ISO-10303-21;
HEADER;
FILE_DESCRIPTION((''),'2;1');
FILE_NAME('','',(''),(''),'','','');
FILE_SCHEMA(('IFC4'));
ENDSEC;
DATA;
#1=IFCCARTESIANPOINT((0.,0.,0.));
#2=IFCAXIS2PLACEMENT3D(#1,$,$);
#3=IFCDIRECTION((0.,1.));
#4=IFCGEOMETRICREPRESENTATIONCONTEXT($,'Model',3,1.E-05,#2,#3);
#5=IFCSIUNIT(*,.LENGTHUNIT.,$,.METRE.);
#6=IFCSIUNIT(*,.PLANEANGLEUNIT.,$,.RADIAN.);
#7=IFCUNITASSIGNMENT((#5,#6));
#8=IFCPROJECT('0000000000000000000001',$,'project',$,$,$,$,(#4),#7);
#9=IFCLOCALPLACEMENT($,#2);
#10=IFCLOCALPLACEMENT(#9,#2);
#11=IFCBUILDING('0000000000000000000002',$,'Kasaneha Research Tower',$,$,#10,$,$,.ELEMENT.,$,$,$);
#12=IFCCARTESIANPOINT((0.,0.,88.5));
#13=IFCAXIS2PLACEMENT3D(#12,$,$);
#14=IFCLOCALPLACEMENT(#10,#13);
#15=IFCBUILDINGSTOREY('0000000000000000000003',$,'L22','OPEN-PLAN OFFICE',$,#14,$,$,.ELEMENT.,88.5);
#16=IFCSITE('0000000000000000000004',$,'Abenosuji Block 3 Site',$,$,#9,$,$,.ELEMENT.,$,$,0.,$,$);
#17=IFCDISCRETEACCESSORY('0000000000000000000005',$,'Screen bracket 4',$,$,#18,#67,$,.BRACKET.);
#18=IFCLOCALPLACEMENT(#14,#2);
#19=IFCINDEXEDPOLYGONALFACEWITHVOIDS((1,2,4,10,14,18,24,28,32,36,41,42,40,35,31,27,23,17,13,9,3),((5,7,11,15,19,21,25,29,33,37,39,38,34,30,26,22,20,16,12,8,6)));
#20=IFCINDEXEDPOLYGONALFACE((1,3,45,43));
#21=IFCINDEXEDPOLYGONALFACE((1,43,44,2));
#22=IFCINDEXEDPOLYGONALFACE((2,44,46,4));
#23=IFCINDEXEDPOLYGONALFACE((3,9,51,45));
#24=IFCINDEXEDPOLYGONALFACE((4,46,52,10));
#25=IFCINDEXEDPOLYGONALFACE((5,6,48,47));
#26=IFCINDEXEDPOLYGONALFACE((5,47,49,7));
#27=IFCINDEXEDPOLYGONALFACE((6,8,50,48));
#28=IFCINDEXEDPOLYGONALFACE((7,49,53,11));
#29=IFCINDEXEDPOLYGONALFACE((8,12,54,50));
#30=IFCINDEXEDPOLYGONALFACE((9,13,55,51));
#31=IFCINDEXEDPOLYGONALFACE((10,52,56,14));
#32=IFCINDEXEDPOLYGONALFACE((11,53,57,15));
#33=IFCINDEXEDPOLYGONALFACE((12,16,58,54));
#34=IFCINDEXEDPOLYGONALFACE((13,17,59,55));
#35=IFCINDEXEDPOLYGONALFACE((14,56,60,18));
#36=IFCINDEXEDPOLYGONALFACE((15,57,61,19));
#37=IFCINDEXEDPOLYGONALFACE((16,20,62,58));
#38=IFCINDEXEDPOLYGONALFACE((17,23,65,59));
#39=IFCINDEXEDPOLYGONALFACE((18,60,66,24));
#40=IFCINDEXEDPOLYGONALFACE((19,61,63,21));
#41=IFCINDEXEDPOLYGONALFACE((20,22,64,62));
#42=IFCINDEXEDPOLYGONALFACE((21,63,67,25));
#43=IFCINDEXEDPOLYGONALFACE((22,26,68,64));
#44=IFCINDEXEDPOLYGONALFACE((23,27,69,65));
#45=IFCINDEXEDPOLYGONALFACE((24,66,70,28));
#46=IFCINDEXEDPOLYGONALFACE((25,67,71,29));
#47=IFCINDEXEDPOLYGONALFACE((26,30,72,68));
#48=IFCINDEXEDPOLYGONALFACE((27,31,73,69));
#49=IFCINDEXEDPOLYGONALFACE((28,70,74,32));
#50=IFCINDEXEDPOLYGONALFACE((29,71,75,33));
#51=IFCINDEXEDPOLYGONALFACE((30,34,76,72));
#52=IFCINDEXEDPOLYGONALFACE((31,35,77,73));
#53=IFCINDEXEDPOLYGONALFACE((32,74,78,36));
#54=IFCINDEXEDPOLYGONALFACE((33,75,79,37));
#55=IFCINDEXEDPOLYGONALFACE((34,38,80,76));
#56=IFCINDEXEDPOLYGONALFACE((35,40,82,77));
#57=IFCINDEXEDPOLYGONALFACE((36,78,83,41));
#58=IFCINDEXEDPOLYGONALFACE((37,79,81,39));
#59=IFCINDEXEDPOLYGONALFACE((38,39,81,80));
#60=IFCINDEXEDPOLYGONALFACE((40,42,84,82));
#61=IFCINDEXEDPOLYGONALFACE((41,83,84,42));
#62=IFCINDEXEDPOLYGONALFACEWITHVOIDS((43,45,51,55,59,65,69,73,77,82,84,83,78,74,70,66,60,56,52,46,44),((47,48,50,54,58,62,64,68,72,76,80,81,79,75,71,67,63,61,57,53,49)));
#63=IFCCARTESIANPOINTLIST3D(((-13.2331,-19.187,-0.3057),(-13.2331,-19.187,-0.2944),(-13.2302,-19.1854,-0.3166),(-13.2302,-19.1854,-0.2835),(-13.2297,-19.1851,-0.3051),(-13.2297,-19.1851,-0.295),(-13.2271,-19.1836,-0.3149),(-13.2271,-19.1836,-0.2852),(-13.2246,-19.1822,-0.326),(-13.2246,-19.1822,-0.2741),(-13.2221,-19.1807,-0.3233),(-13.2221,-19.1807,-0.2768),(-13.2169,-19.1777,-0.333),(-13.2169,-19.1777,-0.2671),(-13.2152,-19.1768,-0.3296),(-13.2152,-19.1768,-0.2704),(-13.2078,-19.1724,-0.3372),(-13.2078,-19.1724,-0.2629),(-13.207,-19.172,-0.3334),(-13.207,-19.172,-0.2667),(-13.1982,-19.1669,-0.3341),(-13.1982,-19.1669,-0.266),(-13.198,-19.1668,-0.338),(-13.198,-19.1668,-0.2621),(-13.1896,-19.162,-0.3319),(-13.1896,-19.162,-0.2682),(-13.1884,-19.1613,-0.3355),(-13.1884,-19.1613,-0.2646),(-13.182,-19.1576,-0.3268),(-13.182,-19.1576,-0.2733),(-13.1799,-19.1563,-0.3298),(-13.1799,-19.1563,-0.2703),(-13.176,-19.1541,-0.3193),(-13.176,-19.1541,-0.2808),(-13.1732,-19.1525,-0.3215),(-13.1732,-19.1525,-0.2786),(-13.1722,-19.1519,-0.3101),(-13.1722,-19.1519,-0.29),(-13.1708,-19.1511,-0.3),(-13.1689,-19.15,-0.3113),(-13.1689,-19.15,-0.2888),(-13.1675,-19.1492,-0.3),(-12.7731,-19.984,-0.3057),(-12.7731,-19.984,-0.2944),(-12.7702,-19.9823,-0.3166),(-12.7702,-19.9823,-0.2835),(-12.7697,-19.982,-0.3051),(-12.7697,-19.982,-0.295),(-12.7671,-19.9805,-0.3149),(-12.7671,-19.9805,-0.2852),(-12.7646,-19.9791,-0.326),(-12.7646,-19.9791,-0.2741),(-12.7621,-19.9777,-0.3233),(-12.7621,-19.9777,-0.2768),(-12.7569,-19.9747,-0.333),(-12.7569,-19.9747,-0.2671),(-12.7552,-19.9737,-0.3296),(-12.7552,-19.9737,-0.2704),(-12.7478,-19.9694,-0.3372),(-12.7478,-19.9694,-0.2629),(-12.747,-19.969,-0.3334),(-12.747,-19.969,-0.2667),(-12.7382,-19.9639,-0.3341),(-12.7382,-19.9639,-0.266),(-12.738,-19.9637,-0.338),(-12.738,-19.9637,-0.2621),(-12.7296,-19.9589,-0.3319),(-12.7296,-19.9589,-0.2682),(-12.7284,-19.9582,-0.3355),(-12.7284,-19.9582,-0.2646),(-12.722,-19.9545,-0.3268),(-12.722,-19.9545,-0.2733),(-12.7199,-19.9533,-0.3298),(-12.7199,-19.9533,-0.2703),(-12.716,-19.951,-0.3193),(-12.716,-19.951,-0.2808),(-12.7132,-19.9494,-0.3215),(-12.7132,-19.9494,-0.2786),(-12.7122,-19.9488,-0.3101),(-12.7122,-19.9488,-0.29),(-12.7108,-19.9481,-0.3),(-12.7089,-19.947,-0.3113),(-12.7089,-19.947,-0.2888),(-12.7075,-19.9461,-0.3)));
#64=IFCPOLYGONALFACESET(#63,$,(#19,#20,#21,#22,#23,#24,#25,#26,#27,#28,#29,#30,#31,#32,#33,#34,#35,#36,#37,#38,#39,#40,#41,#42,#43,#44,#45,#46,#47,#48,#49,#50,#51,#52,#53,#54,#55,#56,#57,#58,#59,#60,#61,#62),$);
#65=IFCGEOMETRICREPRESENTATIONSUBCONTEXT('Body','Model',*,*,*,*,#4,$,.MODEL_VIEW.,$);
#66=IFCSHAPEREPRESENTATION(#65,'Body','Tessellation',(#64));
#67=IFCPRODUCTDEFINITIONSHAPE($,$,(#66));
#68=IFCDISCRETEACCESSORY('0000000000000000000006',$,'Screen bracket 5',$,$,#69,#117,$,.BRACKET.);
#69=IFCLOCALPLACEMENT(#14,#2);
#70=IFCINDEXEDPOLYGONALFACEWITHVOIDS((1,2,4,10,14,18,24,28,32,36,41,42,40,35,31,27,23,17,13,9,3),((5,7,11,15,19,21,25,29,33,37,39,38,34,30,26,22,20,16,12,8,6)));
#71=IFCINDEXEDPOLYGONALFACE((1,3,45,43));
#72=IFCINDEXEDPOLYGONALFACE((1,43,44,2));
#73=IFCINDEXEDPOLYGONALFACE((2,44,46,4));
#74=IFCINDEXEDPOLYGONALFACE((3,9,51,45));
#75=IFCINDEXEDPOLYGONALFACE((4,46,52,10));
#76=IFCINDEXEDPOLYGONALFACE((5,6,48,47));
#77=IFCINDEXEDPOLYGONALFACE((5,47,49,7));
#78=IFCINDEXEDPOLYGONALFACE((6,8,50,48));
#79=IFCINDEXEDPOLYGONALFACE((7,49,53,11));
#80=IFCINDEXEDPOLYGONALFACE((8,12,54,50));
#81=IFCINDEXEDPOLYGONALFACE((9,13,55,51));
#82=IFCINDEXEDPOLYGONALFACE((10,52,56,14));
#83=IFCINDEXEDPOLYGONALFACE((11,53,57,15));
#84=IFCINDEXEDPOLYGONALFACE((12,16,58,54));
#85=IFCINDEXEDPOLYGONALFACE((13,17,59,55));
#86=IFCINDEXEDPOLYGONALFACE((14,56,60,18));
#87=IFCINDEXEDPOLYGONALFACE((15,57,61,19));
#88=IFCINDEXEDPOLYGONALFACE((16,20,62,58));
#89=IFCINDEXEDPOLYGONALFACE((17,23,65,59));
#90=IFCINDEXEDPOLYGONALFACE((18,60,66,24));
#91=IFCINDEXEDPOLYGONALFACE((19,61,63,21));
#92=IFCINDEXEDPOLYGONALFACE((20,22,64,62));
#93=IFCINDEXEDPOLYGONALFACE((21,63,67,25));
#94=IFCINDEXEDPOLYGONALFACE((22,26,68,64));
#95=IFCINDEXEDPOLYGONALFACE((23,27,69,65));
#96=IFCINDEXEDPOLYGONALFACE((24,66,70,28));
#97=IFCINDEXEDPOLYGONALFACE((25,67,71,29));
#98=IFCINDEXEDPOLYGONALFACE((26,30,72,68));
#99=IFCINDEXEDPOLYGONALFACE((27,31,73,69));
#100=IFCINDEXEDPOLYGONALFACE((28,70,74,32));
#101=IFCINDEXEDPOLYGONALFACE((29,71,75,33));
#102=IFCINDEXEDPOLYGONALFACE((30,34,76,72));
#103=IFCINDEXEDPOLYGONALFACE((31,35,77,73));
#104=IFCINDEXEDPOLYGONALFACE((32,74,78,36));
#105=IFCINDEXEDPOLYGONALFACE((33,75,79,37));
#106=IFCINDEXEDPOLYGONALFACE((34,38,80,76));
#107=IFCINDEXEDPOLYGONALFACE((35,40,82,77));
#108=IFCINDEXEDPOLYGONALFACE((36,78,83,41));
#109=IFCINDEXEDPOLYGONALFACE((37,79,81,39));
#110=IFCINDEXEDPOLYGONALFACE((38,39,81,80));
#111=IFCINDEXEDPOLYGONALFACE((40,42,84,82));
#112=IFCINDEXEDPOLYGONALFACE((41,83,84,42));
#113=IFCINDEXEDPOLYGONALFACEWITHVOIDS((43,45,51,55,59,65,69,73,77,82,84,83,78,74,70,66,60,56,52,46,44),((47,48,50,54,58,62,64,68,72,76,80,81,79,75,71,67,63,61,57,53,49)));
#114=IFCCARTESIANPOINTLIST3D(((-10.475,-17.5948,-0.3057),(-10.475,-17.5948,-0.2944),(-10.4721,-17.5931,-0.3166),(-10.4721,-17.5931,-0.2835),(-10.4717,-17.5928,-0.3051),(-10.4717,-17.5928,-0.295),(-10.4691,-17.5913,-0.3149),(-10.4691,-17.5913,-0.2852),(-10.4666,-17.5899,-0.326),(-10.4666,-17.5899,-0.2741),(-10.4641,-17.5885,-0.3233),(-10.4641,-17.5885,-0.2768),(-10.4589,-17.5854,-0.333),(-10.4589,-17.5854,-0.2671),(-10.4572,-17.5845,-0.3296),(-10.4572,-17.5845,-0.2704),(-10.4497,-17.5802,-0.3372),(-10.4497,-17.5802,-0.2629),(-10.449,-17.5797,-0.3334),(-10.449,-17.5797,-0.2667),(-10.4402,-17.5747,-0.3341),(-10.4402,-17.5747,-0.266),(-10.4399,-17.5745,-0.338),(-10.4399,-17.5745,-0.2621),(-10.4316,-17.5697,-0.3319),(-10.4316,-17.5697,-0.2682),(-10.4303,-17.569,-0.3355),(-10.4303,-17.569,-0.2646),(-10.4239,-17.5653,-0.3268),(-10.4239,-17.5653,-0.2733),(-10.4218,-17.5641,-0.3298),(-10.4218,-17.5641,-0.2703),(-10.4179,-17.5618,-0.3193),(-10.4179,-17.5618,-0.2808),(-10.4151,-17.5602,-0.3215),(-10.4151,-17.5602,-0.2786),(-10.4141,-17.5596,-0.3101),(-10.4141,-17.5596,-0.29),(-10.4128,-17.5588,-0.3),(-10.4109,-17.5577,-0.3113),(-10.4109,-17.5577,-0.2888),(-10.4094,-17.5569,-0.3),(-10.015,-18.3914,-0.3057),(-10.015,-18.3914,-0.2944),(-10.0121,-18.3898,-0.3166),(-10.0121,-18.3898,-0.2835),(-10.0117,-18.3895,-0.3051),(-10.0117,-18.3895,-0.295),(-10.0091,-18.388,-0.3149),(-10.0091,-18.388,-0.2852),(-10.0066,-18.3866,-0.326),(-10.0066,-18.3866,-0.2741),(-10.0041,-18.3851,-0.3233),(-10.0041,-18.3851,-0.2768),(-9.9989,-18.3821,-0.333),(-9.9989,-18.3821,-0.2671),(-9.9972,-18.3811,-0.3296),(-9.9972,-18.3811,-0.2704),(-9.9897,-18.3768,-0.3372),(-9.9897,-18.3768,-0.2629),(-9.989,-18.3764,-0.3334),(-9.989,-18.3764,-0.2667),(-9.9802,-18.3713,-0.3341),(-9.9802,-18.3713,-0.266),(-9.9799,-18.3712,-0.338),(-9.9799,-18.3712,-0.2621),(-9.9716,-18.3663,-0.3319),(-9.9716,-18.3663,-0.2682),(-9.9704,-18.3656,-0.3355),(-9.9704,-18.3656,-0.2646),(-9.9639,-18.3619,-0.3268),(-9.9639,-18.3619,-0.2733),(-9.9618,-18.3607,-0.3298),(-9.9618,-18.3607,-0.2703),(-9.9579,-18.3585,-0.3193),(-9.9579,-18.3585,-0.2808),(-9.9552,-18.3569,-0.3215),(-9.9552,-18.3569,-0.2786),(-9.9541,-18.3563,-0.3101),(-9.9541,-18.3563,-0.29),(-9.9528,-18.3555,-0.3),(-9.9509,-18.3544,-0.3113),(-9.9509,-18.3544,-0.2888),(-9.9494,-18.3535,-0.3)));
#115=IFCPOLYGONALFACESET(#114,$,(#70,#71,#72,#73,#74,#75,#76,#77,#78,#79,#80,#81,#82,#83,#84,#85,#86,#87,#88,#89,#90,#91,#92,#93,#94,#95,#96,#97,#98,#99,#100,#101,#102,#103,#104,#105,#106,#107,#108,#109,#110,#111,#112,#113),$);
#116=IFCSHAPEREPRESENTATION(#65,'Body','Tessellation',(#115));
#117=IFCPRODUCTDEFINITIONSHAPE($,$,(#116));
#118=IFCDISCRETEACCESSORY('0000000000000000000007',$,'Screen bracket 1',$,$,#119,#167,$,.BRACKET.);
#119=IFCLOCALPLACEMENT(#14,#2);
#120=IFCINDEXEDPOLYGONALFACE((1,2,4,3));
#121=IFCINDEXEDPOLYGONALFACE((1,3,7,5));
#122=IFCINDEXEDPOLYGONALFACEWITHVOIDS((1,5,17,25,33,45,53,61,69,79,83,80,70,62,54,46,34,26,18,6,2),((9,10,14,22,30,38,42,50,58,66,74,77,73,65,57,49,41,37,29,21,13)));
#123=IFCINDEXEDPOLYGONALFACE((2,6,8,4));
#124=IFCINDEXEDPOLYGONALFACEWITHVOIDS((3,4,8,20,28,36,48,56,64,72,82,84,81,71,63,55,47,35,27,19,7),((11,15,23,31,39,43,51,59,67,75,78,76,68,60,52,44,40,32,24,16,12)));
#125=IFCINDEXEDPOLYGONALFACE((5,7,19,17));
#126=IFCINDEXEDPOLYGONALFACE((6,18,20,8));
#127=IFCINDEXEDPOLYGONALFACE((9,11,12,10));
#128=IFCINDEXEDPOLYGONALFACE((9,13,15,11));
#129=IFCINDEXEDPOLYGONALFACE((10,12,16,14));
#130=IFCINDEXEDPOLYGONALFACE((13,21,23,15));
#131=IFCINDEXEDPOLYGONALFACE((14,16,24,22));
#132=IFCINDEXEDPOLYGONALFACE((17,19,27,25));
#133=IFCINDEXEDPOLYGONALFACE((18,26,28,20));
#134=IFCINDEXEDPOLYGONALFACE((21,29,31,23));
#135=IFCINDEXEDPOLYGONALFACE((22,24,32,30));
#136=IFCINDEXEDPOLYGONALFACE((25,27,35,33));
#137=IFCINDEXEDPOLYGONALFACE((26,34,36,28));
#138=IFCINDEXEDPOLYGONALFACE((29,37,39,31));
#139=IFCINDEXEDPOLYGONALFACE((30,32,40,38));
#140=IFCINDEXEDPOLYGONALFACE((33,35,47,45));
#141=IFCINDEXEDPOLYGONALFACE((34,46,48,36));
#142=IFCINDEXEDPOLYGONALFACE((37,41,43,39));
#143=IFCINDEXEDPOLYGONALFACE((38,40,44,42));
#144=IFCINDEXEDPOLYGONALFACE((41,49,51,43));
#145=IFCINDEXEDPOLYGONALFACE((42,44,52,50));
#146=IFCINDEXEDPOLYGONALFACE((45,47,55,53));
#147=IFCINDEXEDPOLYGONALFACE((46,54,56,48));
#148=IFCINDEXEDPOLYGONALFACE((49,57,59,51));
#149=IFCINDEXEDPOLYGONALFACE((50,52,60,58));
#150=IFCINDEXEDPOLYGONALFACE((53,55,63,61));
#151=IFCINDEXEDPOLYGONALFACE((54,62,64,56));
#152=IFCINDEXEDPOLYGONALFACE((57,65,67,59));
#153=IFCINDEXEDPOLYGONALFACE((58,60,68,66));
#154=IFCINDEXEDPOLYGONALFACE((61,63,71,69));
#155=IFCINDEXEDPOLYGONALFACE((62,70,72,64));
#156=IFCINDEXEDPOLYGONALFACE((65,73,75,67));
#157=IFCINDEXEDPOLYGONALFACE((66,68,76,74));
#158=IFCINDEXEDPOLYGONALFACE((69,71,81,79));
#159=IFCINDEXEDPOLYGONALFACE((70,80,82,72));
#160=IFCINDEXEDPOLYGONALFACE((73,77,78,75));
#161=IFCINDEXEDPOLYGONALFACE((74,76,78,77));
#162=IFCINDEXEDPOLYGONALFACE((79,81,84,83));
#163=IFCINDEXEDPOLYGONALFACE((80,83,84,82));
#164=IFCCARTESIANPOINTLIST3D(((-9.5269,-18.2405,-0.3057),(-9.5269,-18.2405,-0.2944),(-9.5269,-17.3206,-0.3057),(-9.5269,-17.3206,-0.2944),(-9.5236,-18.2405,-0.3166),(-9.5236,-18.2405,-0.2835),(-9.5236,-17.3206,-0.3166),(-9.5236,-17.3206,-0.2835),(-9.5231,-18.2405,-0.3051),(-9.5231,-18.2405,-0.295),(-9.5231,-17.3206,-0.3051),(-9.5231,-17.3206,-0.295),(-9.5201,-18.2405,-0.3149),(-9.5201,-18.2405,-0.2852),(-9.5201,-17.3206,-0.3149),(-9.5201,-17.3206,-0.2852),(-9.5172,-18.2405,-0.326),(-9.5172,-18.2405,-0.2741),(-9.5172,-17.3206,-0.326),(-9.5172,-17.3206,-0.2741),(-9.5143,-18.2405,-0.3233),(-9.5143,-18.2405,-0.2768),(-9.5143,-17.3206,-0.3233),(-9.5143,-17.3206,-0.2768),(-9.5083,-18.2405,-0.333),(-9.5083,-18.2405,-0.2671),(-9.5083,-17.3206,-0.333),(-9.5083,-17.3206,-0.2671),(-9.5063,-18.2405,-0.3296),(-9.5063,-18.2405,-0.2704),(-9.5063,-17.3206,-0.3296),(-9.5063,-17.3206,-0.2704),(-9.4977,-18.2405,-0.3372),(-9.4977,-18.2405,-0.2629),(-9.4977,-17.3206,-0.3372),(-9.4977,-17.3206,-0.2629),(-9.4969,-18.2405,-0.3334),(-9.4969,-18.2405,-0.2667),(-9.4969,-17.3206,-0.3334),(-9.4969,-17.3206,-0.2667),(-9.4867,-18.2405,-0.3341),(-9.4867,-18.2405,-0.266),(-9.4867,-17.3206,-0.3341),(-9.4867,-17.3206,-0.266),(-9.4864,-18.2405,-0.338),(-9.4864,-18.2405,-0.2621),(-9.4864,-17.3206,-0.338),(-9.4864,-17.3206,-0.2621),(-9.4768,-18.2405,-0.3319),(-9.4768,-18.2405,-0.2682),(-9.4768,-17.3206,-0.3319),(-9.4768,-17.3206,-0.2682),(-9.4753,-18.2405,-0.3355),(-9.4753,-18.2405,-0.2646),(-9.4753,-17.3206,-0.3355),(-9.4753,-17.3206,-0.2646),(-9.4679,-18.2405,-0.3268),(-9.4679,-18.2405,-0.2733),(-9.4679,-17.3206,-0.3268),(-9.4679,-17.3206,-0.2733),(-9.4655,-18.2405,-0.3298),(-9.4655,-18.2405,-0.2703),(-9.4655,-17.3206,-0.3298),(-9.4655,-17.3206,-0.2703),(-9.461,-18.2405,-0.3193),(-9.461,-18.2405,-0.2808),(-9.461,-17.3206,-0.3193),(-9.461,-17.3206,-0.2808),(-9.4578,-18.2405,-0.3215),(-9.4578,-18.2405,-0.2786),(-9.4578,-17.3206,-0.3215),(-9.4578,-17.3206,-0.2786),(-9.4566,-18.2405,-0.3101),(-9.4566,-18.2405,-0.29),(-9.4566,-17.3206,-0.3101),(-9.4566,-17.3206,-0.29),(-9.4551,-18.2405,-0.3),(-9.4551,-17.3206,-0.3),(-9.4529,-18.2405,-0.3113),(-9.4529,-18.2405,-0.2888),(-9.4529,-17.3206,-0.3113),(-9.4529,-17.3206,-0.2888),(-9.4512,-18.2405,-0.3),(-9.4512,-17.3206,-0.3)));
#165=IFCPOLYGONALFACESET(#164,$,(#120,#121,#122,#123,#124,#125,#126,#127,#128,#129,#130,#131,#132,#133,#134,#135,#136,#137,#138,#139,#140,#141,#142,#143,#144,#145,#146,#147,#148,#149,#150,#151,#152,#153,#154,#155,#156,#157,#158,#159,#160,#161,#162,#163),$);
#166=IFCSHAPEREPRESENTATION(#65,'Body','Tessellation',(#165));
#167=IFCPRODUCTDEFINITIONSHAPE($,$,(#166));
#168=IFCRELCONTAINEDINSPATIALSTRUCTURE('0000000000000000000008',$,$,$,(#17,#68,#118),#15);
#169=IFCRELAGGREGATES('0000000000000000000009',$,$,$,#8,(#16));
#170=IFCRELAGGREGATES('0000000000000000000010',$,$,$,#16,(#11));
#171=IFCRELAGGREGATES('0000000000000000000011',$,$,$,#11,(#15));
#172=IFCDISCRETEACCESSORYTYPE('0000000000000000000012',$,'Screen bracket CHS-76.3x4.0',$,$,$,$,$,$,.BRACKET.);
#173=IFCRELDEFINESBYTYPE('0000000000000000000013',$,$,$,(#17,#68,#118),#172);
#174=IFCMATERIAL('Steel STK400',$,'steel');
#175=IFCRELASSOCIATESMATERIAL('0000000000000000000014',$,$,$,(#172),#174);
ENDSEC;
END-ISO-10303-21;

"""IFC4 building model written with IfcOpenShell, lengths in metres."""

from ifc_helpers import new_model, si_unit, direction, frame, origin, origin_2d, place, context, subcontext, project, spatial, hollow_circle, extrude, material, material_profile, profile_set, type_object, element, save


model = new_model("IFC4")

# Units and contexts
model_context = context("Model", 3, precision=1e-05, world=origin(), true_north=direction((0.0, 1.0)))
body_context = subcontext(model_context, "Body", "Model", "MODEL_VIEW")
ifc_project = project(units=[si_unit("LENGTHUNIT", "METRE"), si_unit("PLANEANGLEUNIT", "RADIAN")], contexts=[model_context])

# Site, building, storey
site_placement = place(None, origin())
site = spatial("IfcSite", under=ifc_project, at=site_placement, Name="Abenosuji Block 3 Site", CompositionType="ELEMENT", RefElevation=0.0)
building_placement = place(site_placement, origin())
building = spatial("IfcBuilding", under=site, at=building_placement, Name="Kasaneha Research Tower", CompositionType="ELEMENT")
storey_placement = place(building_placement, frame((0.0, 0.0, 88.5)))
storey = spatial("IfcBuildingStorey", under=building, at=storey_placement, Name="L22", Description="OPEN-PLAN OFFICE", CompositionType="ELEMENT", Elevation=88.5)

# Discrete accessories
ifc_material_1 = material(Name="Steel STK400", Category="steel")
ifc_material_profile_1 = material_profile(ifc_material_1, hollow_circle(Radius=0.0381, WallThickness=0.0039, at=origin_2d()), Name="CHS-76.3x4.0")
ifc_profile_set_1 = profile_set([ifc_material_profile_1], Name="Steel STK400")
discrete_accessory_type = type_object("IfcDiscreteAccessoryType", Name="Screen bracket CHS-76.3x4.0", PredefinedType="BRACKET", material=ifc_profile_set_1)
discrete_accessory_1_placement = place(storey_placement, frame((-13.2004, -19.1682, -0.3), z_axis=(0.499906, -0.86608, 0.0), x_axis=(0.86608, 0.499906, 0.0)))
element("IfcDiscreteAccessory", 1, at=discrete_accessory_1_placement, inside=storey, type_object=discrete_accessory_type, Name="Screen bracket 4", PredefinedType="BRACKET", context=body_context, shape_type="SweptSolid", body=[
    extrude(hollow_circle(Radius=0.0381, WallThickness=0.0039, at=origin_2d()), origin(), (0.0, 0.0, 1.0), 0.9202),
])
for number, where, z_axis, x_axis, name in (
    (2, (-10.4424, -17.5759, -0.3), (0.500021, -0.866013, 0.0), (0.866013, 0.500021, 0.0), "Screen bracket 5"),
    (3, (-9.4893, -17.3206, -0.3), (0.0, -1.0, 0.0), (1.0, 0.0, 0.0), "Screen bracket 1"),
):
    element("IfcDiscreteAccessory", number, at=place(storey_placement, frame(where, z_axis=z_axis, x_axis=x_axis)), inside=storey, type_object=discrete_accessory_type, Name=name, PredefinedType="BRACKET", context=body_context, shape_type="SweptSolid", body=[
        extrude(hollow_circle(Radius=0.0381, WallThickness=0.0039, at=origin_2d()), origin(), (0.0, 0.0, 1.0), 0.9199),
    ])

save(model, "model.ifc")
